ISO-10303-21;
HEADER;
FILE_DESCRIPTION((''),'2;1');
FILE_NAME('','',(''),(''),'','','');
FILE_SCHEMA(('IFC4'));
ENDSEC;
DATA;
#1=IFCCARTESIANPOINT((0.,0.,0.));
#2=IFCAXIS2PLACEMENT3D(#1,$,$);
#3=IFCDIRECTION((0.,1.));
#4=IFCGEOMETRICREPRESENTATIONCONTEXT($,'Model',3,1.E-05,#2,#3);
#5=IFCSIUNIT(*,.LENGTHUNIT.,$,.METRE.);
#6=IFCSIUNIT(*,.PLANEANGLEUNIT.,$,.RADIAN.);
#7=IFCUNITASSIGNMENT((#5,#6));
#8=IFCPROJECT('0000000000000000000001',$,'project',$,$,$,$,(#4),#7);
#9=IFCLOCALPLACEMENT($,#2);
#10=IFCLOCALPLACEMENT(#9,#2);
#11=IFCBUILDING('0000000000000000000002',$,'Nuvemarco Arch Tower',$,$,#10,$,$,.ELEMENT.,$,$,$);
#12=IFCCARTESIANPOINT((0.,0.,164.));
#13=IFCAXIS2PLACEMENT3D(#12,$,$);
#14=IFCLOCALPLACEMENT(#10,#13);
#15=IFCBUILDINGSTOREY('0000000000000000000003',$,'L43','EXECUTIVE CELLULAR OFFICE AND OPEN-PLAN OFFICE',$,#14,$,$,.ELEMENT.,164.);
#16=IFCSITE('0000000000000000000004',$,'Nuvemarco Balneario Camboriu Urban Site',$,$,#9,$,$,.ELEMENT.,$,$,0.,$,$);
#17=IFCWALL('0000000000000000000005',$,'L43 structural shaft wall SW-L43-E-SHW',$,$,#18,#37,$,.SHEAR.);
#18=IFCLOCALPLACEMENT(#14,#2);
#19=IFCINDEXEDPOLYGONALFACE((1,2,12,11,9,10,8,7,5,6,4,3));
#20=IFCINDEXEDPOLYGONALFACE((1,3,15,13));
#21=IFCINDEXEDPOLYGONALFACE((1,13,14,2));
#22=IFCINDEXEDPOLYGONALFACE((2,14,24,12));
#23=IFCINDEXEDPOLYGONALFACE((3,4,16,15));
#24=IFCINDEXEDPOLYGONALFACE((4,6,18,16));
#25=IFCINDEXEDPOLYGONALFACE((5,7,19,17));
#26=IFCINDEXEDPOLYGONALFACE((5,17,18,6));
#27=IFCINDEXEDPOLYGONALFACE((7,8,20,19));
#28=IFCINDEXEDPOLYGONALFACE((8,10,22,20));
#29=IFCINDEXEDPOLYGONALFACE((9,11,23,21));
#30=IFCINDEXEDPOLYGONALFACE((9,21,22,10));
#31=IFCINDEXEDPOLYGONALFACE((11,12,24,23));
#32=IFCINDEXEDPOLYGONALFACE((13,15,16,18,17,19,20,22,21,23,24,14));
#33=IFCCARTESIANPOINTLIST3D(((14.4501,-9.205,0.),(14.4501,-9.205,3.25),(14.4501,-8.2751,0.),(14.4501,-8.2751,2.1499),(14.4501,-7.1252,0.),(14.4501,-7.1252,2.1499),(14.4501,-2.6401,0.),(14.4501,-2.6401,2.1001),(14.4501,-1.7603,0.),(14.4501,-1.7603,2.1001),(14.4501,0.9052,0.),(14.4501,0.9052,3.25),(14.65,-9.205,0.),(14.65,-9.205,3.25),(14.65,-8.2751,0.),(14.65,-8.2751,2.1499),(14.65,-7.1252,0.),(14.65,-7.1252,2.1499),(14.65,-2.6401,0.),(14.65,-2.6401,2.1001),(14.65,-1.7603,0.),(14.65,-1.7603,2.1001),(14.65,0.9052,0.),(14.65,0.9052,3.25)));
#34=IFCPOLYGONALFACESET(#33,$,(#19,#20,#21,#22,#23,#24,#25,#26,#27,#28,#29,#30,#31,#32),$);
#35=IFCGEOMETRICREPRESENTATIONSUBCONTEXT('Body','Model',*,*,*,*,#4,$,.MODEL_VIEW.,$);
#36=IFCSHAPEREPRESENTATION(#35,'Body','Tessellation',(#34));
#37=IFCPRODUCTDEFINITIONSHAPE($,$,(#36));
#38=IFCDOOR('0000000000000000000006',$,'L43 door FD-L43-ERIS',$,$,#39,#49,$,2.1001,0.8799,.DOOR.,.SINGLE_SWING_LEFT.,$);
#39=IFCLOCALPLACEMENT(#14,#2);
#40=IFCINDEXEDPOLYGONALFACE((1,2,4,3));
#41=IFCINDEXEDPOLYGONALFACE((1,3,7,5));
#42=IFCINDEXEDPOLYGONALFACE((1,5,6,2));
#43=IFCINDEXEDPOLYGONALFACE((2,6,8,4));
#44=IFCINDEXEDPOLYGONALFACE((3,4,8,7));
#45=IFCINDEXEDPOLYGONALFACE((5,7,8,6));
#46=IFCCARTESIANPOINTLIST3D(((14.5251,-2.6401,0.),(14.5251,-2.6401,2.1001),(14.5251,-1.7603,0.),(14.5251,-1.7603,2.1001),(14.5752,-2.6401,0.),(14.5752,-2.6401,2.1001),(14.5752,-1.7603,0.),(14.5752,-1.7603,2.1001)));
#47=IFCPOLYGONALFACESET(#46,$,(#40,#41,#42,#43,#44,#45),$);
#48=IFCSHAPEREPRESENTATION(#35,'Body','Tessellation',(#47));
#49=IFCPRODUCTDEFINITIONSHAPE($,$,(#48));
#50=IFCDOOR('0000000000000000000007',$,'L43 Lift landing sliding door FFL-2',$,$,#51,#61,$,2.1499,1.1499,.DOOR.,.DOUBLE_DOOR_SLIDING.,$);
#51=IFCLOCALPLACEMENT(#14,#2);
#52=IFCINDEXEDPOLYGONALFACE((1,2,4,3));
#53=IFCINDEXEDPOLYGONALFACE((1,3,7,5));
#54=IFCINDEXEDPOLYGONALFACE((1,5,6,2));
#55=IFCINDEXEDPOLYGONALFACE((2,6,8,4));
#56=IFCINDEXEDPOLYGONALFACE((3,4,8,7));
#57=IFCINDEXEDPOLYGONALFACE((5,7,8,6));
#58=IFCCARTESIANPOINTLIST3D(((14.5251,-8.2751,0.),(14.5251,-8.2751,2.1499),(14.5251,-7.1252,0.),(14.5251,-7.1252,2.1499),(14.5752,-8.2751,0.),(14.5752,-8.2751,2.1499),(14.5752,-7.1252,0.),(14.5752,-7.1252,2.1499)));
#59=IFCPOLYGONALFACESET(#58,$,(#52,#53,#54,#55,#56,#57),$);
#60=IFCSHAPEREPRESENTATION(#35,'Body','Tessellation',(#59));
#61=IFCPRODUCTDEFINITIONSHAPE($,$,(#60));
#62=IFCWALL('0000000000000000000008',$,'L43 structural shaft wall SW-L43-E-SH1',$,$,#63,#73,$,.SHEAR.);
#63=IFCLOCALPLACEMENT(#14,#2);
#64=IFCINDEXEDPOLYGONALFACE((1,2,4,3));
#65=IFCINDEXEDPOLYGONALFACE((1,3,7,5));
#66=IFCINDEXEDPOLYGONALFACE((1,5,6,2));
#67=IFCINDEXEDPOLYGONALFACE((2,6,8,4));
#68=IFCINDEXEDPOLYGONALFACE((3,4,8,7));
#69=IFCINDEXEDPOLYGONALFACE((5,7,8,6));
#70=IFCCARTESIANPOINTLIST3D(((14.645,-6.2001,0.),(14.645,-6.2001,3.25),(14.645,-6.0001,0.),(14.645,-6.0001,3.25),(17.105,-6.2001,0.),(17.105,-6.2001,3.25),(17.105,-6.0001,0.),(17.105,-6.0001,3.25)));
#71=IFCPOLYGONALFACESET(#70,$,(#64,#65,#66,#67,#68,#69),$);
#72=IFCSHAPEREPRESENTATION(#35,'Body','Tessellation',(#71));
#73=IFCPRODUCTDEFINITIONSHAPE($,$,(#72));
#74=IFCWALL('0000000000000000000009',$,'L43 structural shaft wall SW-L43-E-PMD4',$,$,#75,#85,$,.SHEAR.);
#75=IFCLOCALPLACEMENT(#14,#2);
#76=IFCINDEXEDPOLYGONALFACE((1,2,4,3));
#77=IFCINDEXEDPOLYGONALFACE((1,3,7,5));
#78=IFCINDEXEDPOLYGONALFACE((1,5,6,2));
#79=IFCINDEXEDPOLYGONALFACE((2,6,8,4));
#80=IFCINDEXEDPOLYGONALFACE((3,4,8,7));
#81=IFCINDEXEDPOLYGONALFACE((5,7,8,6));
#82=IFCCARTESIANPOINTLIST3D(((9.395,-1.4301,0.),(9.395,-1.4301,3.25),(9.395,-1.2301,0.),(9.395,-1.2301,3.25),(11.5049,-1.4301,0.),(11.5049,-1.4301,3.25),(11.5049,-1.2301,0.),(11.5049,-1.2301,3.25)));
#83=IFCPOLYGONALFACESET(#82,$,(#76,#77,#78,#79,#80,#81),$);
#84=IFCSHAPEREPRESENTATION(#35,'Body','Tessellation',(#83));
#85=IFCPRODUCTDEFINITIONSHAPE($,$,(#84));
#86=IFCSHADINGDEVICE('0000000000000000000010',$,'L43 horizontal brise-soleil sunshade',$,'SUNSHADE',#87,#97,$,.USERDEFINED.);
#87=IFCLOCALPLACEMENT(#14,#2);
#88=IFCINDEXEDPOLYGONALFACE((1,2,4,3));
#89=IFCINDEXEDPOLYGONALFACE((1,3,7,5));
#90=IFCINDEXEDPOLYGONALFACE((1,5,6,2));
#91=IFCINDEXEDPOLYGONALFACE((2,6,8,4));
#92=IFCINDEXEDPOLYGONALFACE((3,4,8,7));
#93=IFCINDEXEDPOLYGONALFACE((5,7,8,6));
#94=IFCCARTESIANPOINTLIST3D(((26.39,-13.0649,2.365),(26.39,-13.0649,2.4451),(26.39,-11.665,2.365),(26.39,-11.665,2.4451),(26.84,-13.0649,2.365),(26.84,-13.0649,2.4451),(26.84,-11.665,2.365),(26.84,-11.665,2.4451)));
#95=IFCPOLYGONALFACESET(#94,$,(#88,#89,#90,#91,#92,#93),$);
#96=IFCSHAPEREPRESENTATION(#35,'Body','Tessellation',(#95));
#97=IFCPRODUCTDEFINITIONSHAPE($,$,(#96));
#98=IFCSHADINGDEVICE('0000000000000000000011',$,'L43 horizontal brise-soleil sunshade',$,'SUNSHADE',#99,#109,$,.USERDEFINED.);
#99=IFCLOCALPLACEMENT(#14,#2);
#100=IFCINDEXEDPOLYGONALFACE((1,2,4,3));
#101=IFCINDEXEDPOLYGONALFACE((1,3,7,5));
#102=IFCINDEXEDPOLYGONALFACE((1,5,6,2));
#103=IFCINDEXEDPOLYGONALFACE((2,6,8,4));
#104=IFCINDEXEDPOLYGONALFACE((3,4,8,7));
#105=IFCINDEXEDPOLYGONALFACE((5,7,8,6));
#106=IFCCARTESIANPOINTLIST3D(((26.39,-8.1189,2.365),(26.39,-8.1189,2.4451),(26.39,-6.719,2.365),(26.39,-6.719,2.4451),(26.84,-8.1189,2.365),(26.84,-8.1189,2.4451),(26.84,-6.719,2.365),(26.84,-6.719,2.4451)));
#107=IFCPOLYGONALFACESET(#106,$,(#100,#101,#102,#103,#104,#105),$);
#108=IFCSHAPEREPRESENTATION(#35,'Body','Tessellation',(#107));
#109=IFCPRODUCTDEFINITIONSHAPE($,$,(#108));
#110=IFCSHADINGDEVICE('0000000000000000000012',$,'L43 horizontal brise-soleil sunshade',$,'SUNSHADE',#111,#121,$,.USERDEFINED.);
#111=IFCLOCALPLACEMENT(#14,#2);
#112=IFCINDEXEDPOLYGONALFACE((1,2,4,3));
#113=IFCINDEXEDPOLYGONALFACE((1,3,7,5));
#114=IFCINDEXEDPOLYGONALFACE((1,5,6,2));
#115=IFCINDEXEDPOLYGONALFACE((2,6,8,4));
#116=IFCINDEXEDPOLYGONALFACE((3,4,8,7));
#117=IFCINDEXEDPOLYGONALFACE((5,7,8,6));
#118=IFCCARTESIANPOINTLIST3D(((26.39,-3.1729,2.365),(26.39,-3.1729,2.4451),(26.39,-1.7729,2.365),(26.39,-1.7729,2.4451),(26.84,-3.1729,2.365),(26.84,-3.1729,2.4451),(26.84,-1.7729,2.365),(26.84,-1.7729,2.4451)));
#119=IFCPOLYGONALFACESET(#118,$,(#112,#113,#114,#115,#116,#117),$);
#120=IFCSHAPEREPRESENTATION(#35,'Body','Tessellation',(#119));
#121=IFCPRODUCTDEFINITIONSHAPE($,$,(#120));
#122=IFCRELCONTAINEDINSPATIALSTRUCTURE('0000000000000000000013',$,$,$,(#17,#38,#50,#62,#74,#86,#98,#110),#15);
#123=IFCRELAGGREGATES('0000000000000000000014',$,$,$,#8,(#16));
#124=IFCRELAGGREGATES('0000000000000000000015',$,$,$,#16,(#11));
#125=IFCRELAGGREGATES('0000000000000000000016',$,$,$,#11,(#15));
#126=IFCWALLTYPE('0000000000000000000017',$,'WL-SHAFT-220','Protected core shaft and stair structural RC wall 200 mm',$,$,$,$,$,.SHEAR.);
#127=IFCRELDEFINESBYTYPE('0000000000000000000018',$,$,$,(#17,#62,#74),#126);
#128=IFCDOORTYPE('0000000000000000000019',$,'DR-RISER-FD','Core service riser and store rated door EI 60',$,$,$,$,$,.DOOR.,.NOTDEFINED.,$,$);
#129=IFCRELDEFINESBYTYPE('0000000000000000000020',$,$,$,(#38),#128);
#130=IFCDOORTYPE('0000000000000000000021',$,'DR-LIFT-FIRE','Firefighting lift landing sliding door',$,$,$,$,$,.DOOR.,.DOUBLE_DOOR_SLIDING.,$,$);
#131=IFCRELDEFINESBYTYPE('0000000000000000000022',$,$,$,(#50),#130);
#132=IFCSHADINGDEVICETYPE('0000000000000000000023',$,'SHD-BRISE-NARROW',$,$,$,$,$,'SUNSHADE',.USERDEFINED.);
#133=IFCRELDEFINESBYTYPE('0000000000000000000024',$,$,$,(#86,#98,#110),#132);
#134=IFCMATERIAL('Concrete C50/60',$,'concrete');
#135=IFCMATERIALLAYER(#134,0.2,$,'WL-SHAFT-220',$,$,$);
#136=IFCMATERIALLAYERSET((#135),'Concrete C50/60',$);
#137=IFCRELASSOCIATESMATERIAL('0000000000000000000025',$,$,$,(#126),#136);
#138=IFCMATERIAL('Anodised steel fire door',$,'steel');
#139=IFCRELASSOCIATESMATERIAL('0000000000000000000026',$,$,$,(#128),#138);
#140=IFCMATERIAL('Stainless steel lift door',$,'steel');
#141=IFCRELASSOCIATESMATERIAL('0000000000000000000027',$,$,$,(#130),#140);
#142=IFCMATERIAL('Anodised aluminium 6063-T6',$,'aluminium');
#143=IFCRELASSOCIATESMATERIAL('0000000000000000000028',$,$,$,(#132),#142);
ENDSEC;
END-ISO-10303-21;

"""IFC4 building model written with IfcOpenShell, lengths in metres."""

from ifc_helpers import new_model, si_unit, direction, frame, frame_2d, origin, origin_2d, place, context, subcontext, project, spatial, rectangle, extrude, source, transform, mapped, material, layer, layer_set, type_object, type_shapes, element, fill, save


model = new_model("IFC4")

# Units and contexts
model_context = context("Model", 3, precision=1e-05, world=origin(), true_north=direction((0.0, 1.0)))
body_context = subcontext(model_context, "Body", "Model", "MODEL_VIEW")
ifc_project = project(units=[si_unit("LENGTHUNIT", "METRE"), si_unit("PLANEANGLEUNIT", "RADIAN")], contexts=[model_context])

# Site, building, storey
site_placement = place(None, origin())
site = spatial("IfcSite", under=ifc_project, at=site_placement, Name="Nuvemarco Balneario Camboriu Urban Site", CompositionType="ELEMENT", RefElevation=0.0)
building_placement = place(site_placement, origin())
building = spatial("IfcBuilding", under=site, at=building_placement, Name="Nuvemarco Arch Tower", CompositionType="ELEMENT")
storey_placement = place(building_placement, frame((0.0, 0.0, 164.0)))
storey = spatial("IfcBuildingStorey", under=building, at=storey_placement, Name="L43", Description="EXECUTIVE CELLULAR OFFICE AND OPEN-PLAN OFFICE", CompositionType="ELEMENT", Elevation=164.0)

# Shared definitions
ifc_material_1 = material(Name="Concrete C50/60", Category="concrete")

# Wall, openings, doors
ifc_layer_1 = layer(ifc_material_1, 0.2, Name="WL-SHAFT-220")
ifc_layer_set_1 = layer_set([ifc_layer_1], Name="Concrete C50/60")
wall_type_1 = type_object("IfcWallType", Name="WL-SHAFT-220", Description="Protected core shaft and stair structural RC wall 200 mm", PredefinedType="SHEAR", material=ifc_layer_set_1)
wall_1_placement = place(storey_placement, frame((14.55, -9.2051, 0.0), z_axis=(0.0, 0.0, 1.0), x_axis=(0.0, 1.0, 0.0)))
wall_1 = element("IfcWall", 1, at=wall_1_placement, inside=storey, type_object=wall_type_1, Name="L43 structural shaft wall SW-L43-E-SHW", PredefinedType="SHEAR", context=body_context, shape_type="SweptSolid", body=[
    extrude(rectangle(XDim=10.1101, YDim=0.2, at=frame_2d((5.0552, 0.0))), origin(), (0.0, 0.0, 1.0), 3.25),
])
opening_1_placement = place(wall_1_placement, frame((6.5649, 0.0, 0.0)))
opening_1 = element("IfcOpeningElement", 2, at=opening_1_placement, cuts=wall_1, PredefinedType="OPENING", context=body_context, shape_type="SweptSolid", body=[
    extrude(rectangle(XDim=0.8799, YDim=2.1001, at=frame_2d((0.4399, 1.05))), frame((0.0, 0.1099, 0.0), z_axis=(0.0, -1.0, 0.0), x_axis=(1.0, 0.0, 0.0)), (0.0, 0.0, 1.0), 0.22),
])
opening_2_placement = place(wall_1_placement, frame((0.9299, 0.0, 0.0)))
opening_2 = element("IfcOpeningElement", 3, at=opening_2_placement, cuts=wall_1, PredefinedType="OPENING", context=body_context, shape_type="SweptSolid", body=[
    extrude(rectangle(XDim=1.1499, YDim=2.1499, at=frame_2d((0.575, 1.075))), frame((0.0, 0.1099, 0.0), z_axis=(0.0, -1.0, 0.0), x_axis=(1.0, 0.0, 0.0)), (0.0, 0.0, 1.0), 0.22),
])
ifc_material_2 = material(Name="Anodised steel fire door", Category="steel")
door_type_1 = type_object("IfcDoorType", Name="DR-RISER-FD", Description="Core service riser and store rated door EI 60", OperationType="NOTDEFINED", PredefinedType="DOOR", material=ifc_material_2)
shared_shape_1 = source(origin(), body_context, "Body", "SweptSolid", [
    extrude(rectangle(XDim=0.8799, YDim=2.1001, at=frame_2d((0.4399, 1.05))), frame((0.0, 0.0249, 0.0), z_axis=(0.0, -1.0, 0.0), x_axis=(1.0, 0.0, 0.0)), (0.0, 0.0, 1.0), 0.05),
])
type_shapes(door_type_1, [shared_shape_1])
door_1_placement = place(opening_1_placement, origin())
door_1 = element("IfcDoor", 4, at=door_1_placement, inside=storey, type_object=door_type_1, Name="L43 door FD-L43-ERIS", OperationType="SINGLE_SWING_LEFT", OverallHeight=2.1001, OverallWidth=0.8799, PredefinedType="DOOR", context=body_context, shape_type="MappedRepresentation", body=[
    mapped(shared_shape_1, transform((0.0, 0.0, 0.0), scale=1.0)),
])
fill(opening_1, door_1)
ifc_material_3 = material(Name="Stainless steel lift door", Category="steel")
door_type_2 = type_object("IfcDoorType", Name="DR-LIFT-FIRE", Description="Firefighting lift landing sliding door", OperationType="DOUBLE_DOOR_SLIDING", PredefinedType="DOOR", material=ifc_material_3)
shared_shape_2 = source(origin(), body_context, "Body", "SweptSolid", [
    extrude(rectangle(XDim=1.1499, YDim=2.1499, at=frame_2d((0.575, 1.075))), frame((0.0, 0.0249, 0.0), z_axis=(0.0, -1.0, 0.0), x_axis=(1.0, 0.0, 0.0)), (0.0, 0.0, 1.0), 0.05),
])
type_shapes(door_type_2, [shared_shape_2])
door_2_placement = place(opening_2_placement, origin())
door_2 = element("IfcDoor", 5, at=door_2_placement, inside=storey, type_object=door_type_2, Name="L43 Lift landing sliding door FFL-2", OperationType="DOUBLE_DOOR_SLIDING", OverallHeight=2.1499, OverallWidth=1.1499, PredefinedType="DOOR", context=body_context, shape_type="MappedRepresentation", body=[
    mapped(shared_shape_2, transform((0.0, 0.0, 0.0), scale=1.0)),
])
fill(opening_2, door_2)

# Wall
wall_2_placement = place(storey_placement, frame((14.645, -6.1001, 0.0), z_axis=(0.0, 0.0, 1.0), x_axis=(1.0, 0.0, 0.0)))
element("IfcWall", 6, at=wall_2_placement, inside=storey, type_object=wall_type_1, Name="L43 structural shaft wall SW-L43-E-SH1", PredefinedType="SHEAR", context=body_context, shape_type="SweptSolid", body=[
    extrude(rectangle(XDim=2.46, YDim=0.2, at=frame_2d((1.23, 0.0))), origin(), (0.0, 0.0, 1.0), 3.25),
])

# Wall
wall_3_placement = place(storey_placement, frame((9.395, -1.3301, 0.0), z_axis=(0.0, 0.0, 1.0), x_axis=(1.0, 0.0, 0.0)))
element("IfcWall", 7, at=wall_3_placement, inside=storey, type_object=wall_type_1, Name="L43 structural shaft wall SW-L43-E-PMD4", PredefinedType="SHEAR", context=body_context, shape_type="SweptSolid", body=[
    extrude(rectangle(XDim=2.1099, YDim=0.2, at=frame_2d((1.0549, 0.0))), origin(), (0.0, 0.0, 1.0), 3.25),
])

# Shading devices
ifc_material_4 = material(Name="Anodised aluminium 6063-T6", Category="aluminium")
shading_device_type = type_object("IfcShadingDeviceType", Name="SHD-BRISE-NARROW", ElementType="SUNSHADE", PredefinedType="USERDEFINED", material=ifc_material_4)
shared_shape_3 = source(origin(), body_context, "Body", "SweptSolid", [
    extrude(rectangle(XDim=1.3999, YDim=0.45, at=origin_2d()), origin(), (0.0, 0.0, 1.0), 0.0801),
])
type_shapes(shading_device_type, [shared_shape_3])
for number, where, z_axis, x_axis, name in (
    (8, (26.615, -12.365, 2.365), (0.0, 0.0, 1.0), (0.0, 1.0, 0.0), "L43 horizontal brise-soleil sunshade"),
    (9, (26.615, -7.4189, 2.365), (0.0, 0.0, 1.0), (0.0, 1.0, 0.0), "L43 horizontal brise-soleil sunshade"),
    (10, (26.615, -2.4729, 2.365), (0.0, 0.0, 1.0), (0.0, 1.0, 0.0), "L43 horizontal brise-soleil sunshade"),
):
    element("IfcShadingDevice", number, at=place(storey_placement, frame(where, z_axis=z_axis, x_axis=x_axis)), inside=storey, type_object=shading_device_type, Name=name, ObjectType="SUNSHADE", PredefinedType="USERDEFINED", context=body_context, shape_type="MappedRepresentation", body=[
        mapped(shared_shape_3, transform((0.0, 0.0, 0.0), scale=1.0)),
    ])

save(model, "model.ifc")
